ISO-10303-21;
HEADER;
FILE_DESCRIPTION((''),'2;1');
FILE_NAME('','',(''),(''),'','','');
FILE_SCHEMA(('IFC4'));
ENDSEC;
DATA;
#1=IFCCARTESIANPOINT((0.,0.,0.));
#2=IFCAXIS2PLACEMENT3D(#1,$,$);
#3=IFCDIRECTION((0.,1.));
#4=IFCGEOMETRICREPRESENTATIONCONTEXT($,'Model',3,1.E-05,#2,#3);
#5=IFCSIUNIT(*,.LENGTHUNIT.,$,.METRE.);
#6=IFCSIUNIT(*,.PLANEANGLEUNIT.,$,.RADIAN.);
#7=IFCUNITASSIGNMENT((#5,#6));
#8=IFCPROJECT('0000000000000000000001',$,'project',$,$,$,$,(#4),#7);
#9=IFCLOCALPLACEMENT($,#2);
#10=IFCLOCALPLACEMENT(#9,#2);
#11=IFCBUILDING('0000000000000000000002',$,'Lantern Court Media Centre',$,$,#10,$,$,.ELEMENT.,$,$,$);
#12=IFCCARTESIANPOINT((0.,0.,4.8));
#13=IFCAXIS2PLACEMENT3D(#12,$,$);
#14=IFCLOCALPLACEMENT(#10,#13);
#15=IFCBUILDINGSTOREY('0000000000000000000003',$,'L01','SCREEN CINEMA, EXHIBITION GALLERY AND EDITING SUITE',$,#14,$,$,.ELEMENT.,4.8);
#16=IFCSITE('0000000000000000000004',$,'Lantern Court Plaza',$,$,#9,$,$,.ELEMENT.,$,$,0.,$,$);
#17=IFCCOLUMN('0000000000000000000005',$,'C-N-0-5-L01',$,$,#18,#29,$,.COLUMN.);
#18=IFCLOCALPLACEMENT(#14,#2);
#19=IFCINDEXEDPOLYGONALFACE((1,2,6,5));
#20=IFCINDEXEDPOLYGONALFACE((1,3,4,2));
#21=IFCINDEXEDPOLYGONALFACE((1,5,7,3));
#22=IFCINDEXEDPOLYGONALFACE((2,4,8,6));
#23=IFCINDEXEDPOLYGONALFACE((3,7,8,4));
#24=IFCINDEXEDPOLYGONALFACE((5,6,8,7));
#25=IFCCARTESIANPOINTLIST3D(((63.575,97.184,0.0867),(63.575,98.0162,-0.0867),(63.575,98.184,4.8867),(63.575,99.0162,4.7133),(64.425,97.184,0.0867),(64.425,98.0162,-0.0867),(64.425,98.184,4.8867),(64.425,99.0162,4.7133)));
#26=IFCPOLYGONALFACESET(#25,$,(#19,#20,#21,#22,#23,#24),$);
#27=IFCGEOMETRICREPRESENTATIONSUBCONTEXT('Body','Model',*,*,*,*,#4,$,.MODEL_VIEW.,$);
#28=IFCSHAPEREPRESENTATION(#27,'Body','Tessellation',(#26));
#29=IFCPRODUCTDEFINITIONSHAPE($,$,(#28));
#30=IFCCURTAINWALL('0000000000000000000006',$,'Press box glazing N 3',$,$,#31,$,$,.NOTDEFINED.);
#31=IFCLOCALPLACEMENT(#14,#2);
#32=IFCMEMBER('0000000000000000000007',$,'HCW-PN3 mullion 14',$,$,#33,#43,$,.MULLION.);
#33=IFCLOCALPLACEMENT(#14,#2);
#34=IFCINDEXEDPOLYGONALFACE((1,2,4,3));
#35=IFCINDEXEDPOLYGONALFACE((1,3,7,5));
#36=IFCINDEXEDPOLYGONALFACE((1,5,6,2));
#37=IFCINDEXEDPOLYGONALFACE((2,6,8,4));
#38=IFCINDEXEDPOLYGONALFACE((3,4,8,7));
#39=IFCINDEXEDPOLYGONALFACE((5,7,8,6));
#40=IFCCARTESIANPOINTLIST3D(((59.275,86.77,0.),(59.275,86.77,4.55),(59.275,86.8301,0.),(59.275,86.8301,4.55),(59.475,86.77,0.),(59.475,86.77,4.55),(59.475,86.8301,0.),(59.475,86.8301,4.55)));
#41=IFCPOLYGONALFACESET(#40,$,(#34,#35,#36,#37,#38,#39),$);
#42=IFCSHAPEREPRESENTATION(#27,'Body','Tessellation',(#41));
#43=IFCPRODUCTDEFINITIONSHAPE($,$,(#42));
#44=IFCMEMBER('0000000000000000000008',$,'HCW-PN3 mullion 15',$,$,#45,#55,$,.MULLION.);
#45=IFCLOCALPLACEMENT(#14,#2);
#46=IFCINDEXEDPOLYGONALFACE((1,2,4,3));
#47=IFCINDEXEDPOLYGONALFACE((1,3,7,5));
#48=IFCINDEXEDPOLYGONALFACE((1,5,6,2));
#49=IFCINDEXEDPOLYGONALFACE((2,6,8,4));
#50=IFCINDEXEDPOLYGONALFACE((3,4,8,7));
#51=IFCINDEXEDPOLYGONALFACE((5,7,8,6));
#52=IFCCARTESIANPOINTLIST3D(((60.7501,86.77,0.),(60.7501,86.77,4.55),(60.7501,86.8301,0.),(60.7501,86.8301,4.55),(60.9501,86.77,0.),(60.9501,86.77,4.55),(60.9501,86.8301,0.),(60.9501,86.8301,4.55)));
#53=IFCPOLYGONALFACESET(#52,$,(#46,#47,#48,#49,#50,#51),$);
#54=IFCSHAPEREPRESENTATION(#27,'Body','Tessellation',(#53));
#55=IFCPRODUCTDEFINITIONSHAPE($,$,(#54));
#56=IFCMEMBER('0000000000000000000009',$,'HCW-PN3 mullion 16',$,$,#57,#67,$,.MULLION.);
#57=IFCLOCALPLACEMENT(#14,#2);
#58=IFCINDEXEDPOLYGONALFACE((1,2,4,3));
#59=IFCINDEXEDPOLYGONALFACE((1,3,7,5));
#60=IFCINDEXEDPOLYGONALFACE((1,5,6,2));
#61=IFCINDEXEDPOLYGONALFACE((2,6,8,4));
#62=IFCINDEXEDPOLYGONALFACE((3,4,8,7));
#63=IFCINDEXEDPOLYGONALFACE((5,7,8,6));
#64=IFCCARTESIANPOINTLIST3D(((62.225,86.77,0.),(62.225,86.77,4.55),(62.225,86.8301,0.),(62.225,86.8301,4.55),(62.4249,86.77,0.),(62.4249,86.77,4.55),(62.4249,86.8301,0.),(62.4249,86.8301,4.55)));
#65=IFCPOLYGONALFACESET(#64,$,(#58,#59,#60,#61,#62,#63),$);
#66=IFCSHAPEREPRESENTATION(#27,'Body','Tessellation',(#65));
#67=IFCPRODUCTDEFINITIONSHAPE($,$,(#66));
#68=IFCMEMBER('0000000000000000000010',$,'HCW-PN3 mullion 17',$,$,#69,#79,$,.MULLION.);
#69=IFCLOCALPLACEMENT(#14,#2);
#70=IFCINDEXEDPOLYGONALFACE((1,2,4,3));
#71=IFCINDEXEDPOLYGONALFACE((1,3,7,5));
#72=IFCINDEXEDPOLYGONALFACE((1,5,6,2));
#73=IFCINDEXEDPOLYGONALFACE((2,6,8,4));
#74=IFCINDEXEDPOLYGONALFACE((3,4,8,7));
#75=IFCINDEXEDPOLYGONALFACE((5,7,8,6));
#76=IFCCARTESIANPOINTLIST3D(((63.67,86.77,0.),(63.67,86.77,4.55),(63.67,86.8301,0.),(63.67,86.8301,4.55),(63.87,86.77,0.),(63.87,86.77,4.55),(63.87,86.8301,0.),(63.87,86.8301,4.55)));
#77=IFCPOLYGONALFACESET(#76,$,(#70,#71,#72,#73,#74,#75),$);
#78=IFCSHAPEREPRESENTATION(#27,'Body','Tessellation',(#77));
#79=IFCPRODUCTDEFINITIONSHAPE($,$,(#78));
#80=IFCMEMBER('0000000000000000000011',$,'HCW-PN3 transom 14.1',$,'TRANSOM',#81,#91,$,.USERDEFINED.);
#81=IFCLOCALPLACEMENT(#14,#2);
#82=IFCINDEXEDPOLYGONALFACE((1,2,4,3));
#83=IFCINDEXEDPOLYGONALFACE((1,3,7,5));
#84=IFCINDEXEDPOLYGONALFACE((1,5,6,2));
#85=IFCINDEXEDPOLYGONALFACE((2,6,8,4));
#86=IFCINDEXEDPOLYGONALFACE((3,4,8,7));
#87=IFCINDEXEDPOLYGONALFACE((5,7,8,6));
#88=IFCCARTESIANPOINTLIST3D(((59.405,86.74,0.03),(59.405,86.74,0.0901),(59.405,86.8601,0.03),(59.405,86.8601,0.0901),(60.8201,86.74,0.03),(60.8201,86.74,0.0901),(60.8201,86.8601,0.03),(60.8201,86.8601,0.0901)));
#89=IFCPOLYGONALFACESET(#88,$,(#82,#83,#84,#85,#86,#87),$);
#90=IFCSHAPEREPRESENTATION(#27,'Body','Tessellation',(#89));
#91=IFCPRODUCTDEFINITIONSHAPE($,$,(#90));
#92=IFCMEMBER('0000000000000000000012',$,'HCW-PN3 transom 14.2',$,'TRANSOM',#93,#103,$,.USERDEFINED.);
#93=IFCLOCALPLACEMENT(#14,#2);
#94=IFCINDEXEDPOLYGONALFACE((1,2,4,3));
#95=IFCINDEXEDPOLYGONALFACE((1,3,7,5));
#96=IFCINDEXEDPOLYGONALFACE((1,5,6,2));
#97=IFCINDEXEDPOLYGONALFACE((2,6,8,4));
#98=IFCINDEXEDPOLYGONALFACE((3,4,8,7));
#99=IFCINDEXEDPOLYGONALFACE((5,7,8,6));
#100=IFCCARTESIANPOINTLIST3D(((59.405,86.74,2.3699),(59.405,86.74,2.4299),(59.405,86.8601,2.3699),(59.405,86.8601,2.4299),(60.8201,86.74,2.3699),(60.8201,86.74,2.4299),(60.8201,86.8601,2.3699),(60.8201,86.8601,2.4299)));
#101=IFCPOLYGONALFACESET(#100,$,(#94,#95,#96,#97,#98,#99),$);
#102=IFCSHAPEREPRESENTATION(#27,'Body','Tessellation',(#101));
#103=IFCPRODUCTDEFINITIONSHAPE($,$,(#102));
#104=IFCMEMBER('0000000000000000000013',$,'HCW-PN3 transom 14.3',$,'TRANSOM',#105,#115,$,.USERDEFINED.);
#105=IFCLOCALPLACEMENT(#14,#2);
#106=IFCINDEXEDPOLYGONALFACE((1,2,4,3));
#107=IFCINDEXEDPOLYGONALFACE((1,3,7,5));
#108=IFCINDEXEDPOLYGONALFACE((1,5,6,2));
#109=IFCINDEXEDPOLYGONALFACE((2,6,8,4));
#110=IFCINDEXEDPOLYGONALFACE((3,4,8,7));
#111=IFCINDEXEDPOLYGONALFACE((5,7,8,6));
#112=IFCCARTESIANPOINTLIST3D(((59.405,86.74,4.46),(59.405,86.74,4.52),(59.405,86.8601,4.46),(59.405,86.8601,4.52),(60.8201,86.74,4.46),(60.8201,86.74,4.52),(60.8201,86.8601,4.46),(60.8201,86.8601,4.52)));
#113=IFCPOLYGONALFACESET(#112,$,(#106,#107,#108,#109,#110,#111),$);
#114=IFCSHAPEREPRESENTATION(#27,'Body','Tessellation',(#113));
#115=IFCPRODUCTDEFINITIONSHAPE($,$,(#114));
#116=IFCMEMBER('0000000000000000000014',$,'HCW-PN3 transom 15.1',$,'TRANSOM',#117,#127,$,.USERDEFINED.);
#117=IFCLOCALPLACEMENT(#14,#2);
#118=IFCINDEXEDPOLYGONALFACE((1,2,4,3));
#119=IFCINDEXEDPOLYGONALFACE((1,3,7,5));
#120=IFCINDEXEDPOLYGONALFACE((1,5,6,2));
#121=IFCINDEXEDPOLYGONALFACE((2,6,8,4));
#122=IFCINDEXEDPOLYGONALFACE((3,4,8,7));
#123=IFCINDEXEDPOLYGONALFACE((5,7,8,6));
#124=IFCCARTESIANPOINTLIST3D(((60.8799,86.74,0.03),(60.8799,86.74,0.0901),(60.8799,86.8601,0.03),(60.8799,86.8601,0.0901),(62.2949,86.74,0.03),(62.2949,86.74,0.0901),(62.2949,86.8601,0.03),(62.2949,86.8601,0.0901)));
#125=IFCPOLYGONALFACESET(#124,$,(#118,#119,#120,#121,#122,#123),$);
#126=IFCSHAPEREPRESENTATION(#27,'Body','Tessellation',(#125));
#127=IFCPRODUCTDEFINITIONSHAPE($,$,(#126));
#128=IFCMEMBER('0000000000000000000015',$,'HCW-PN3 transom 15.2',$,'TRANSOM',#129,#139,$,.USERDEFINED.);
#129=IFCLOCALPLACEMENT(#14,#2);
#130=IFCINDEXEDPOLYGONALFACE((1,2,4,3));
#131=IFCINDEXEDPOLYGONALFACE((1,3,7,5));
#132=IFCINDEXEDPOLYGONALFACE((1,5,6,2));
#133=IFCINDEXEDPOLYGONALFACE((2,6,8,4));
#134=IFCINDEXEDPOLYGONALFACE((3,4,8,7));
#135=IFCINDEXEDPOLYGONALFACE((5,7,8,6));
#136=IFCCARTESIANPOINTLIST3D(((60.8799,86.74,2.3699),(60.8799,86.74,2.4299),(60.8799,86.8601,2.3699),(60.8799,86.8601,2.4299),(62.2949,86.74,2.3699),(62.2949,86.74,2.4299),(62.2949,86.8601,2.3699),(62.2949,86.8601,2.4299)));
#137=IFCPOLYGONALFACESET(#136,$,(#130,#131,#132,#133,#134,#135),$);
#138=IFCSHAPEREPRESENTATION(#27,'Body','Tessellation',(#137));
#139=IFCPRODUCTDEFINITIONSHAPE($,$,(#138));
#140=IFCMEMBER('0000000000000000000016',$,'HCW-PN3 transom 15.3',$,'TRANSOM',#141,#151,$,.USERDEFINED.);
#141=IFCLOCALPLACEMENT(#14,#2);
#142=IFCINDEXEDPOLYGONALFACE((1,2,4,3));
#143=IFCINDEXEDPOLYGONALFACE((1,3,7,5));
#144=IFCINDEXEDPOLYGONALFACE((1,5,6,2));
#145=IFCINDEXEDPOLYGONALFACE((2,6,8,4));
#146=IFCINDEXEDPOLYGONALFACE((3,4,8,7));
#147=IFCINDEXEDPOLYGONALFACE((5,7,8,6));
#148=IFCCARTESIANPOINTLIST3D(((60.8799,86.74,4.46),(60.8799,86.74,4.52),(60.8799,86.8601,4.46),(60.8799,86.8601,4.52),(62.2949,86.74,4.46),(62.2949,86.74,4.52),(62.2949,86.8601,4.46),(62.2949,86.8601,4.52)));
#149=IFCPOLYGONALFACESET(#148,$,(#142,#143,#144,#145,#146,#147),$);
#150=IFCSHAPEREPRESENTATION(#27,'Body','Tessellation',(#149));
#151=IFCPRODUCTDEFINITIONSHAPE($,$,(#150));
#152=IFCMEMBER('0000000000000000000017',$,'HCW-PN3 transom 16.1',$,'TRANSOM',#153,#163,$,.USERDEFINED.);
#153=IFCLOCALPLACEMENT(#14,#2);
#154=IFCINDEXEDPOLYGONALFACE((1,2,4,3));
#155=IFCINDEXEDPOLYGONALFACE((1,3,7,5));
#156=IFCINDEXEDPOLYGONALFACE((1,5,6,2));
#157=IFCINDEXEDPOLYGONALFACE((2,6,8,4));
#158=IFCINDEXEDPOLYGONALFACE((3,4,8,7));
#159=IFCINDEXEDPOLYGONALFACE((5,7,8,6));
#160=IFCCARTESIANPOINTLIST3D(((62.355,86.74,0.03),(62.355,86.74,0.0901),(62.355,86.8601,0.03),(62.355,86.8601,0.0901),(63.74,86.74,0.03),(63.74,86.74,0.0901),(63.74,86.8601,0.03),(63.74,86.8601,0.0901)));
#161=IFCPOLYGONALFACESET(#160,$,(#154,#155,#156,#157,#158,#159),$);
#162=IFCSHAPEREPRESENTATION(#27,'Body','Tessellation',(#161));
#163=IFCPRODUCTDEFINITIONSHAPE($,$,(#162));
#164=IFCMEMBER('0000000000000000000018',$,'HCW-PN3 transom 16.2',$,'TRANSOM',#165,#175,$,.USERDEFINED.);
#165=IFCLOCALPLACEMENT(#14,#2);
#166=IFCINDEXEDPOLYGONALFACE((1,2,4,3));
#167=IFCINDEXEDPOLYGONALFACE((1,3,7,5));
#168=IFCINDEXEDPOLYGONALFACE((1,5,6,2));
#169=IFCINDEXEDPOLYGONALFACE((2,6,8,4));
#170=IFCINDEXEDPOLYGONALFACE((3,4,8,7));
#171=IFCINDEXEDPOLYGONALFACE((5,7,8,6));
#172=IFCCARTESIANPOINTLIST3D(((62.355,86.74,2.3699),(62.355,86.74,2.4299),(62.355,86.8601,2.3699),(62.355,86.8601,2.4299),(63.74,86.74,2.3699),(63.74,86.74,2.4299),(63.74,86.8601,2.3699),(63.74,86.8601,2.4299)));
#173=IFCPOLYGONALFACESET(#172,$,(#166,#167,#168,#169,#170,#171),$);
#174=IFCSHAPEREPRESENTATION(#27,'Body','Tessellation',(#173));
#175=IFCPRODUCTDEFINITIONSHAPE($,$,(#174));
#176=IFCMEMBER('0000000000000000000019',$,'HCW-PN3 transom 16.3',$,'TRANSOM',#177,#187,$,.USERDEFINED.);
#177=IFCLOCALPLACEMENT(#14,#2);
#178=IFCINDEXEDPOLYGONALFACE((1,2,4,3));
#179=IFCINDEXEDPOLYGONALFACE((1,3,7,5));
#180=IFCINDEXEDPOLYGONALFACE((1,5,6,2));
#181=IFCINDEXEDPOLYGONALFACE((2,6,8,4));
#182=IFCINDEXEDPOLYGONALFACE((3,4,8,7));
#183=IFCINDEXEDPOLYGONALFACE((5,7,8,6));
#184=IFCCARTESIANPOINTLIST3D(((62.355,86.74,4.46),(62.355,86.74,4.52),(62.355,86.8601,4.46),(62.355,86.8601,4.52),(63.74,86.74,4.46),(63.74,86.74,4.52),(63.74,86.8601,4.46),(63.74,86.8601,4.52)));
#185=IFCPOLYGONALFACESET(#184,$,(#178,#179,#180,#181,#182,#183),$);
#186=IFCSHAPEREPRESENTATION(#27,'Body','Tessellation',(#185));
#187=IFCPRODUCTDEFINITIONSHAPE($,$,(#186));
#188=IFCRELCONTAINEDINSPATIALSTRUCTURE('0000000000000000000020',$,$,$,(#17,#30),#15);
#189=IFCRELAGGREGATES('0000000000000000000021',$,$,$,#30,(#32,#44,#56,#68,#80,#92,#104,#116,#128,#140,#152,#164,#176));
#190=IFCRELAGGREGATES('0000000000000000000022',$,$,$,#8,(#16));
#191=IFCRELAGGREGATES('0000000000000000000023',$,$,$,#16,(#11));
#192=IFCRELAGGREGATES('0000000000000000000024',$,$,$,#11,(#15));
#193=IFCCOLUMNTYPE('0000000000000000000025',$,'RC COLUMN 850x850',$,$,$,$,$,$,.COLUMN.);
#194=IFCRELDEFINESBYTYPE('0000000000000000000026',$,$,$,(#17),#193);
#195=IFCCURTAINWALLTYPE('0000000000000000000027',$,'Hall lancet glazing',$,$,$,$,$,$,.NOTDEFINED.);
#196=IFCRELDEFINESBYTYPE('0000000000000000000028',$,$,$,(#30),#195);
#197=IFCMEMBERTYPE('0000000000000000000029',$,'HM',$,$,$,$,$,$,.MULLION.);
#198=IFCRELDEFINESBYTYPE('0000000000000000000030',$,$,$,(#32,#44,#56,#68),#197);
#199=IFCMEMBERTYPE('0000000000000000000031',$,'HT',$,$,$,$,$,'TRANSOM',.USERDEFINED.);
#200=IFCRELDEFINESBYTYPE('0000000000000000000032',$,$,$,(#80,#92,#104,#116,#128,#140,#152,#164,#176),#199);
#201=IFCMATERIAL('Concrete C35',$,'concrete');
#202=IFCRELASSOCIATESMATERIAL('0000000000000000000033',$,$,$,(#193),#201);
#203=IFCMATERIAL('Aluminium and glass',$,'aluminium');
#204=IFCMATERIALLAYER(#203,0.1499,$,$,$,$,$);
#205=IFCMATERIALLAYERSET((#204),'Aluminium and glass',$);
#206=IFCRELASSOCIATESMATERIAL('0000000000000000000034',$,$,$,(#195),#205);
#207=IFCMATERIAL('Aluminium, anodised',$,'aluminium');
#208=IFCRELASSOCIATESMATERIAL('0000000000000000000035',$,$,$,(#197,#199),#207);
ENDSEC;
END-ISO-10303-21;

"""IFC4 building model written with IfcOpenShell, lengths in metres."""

from ifc_helpers import new_model, si_unit, direction, frame, origin, origin_2d, place, context, subcontext, project, spatial, rectangle, extrude, material, layer, layer_set, material_profile, profile_set, type_object, element, aggregate, save


model = new_model("IFC4")

# Units and contexts
model_context = context("Model", 3, precision=1e-05, world=origin(), true_north=direction((0.0, 1.0)))
body_context = subcontext(model_context, "Body", "Model", "MODEL_VIEW")
ifc_project = project(units=[si_unit("LENGTHUNIT", "METRE"), si_unit("PLANEANGLEUNIT", "RADIAN")], contexts=[model_context])

# Site, building, storey
site_placement = place(None, origin())
site = spatial("IfcSite", under=ifc_project, at=site_placement, Name="Lantern Court Plaza", CompositionType="ELEMENT", RefElevation=0.0)
building_placement = place(site_placement, origin())
building = spatial("IfcBuilding", under=site, at=building_placement, Name="Lantern Court Media Centre", CompositionType="ELEMENT")
storey_placement = place(building_placement, frame((0.0, 0.0, 4.8)))
storey = spatial("IfcBuildingStorey", under=building, at=storey_placement, Name="L01", Description="SCREEN CINEMA, EXHIBITION GALLERY AND EDITING SUITE", CompositionType="ELEMENT", Elevation=4.8)

# Column
ifc_material_1 = material(Name="Concrete C35", Category="concrete")
ifc_material_profile_1 = material_profile(ifc_material_1, rectangle(XDim=0.8501, YDim=0.8501, at=origin_2d()), Name="RC 850x850")
ifc_profile_set_1 = profile_set([ifc_material_profile_1], Name="Concrete C35")
column_type = type_object("IfcColumnType", Name="RC COLUMN 850x850", PredefinedType="COLUMN", material=ifc_profile_set_1)
column_placement = place(storey_placement, frame((64.0, 97.6001, 0.0), z_axis=(0.0, 0.203952, 0.978981), x_axis=(-1.0, 0.0, 0.0)))
element("IfcColumn", 1, at=column_placement, inside=storey, type_object=column_type, Name="C-N-0-5-L01", PredefinedType="COLUMN", context=body_context, shape_type="SweptSolid", body=[
    extrude(rectangle(XDim=0.8501, YDim=0.8501, at=origin_2d()), origin(), (0.0, 0.0, 1.0), 4.9031),
])

# Curtain wall, members
ifc_material_2 = material(Name="Aluminium and glass", Category="aluminium")
ifc_layer_1 = layer(ifc_material_2, 0.1499)
ifc_layer_set_1 = layer_set([ifc_layer_1], Name="Aluminium and glass")
curtain_wall_type = type_object("IfcCurtainWallType", Name="Hall lancet glazing", PredefinedType="NOTDEFINED", material=ifc_layer_set_1)
curtain_wall_placement = place(storey_placement, origin())
curtain_wall = element("IfcCurtainWall", 2, at=curtain_wall_placement, inside=storey, type_object=curtain_wall_type, Name="Press box glazing N 3", PredefinedType="NOTDEFINED")
ifc_material_3 = material(Name="Aluminium, anodised", Category="aluminium")
ifc_material_profile_2 = material_profile(ifc_material_3, rectangle(XDim=0.0601, YDim=0.2, at=origin_2d()), Name="HM")
ifc_profile_set_2 = profile_set([ifc_material_profile_2], Name="Aluminium, anodised")
member_type_1 = type_object("IfcMemberType", Name="HM", PredefinedType="MULLION", material=ifc_profile_set_2)
member_1_placement = place(storey_placement, frame((59.375, 86.8, 0.0), z_axis=(0.0, 0.0, 1.0), x_axis=(0.0, 1.0, 0.0)))
member_1 = element("IfcMember", 3, at=member_1_placement, type_object=member_type_1, Name="HCW-PN3 mullion 14", PredefinedType="MULLION", context=body_context, shape_type="SweptSolid", body=[
    extrude(rectangle(XDim=0.0601, YDim=0.2, at=origin_2d()), origin(), (0.0, 0.0, 1.0), 4.55),
])
member_2_placement = place(storey_placement, frame((60.8501, 86.8, 0.0), z_axis=(0.0, 0.0, 1.0), x_axis=(0.0, 1.0, 0.0)))
member_2 = element("IfcMember", 4, at=member_2_placement, type_object=member_type_1, Name="HCW-PN3 mullion 15", PredefinedType="MULLION", context=body_context, shape_type="SweptSolid", body=[
    extrude(rectangle(XDim=0.0601, YDim=0.2, at=origin_2d()), origin(), (0.0, 0.0, 1.0), 4.55),
])
member_3_placement = place(storey_placement, frame((62.325, 86.8, 0.0), z_axis=(0.0, 0.0, 1.0), x_axis=(0.0, 1.0, 0.0)))
member_3 = element("IfcMember", 5, at=member_3_placement, type_object=member_type_1, Name="HCW-PN3 mullion 16", PredefinedType="MULLION", context=body_context, shape_type="SweptSolid", body=[
    extrude(rectangle(XDim=0.0601, YDim=0.2, at=origin_2d()), origin(), (0.0, 0.0, 1.0), 4.55),
])
member_4_placement = place(storey_placement, frame((63.77, 86.8, 0.0), z_axis=(0.0, 0.0, 1.0), x_axis=(0.0, 1.0, 0.0)))
member_4 = element("IfcMember", 6, at=member_4_placement, type_object=member_type_1, Name="HCW-PN3 mullion 17", PredefinedType="MULLION", context=body_context, shape_type="SweptSolid", body=[
    extrude(rectangle(XDim=0.0601, YDim=0.2, at=origin_2d()), origin(), (0.0, 0.0, 1.0), 4.55),
])
ifc_material_profile_3 = material_profile(ifc_material_3, rectangle(XDim=0.1201, YDim=0.0601, at=origin_2d()), Name="HT")
ifc_profile_set_3 = profile_set([ifc_material_profile_3], Name="Aluminium, anodised")
member_type_2 = type_object("IfcMemberType", Name="HT", ElementType="TRANSOM", PredefinedType="USERDEFINED", material=ifc_profile_set_3)
member_5_placement = place(storey_placement, frame((59.405, 86.8, 0.0601), z_axis=(1.0, 0.0, 0.0), x_axis=(0.0, 1.0, 0.0)))
member_5 = element("IfcMember", 7, at=member_5_placement, type_object=member_type_2, Name="HCW-PN3 transom 14.1", ObjectType="TRANSOM", PredefinedType="USERDEFINED", context=body_context, shape_type="SweptSolid", body=[
    extrude(rectangle(XDim=0.1201, YDim=0.0601, at=origin_2d()), origin(), (0.0, 0.0, 1.0), 1.415),
])
member_6_placement = place(storey_placement, frame((59.405, 86.8, 2.3999), z_axis=(1.0, 0.0, 0.0), x_axis=(0.0, 1.0, 0.0)))
member_6 = element("IfcMember", 8, at=member_6_placement, type_object=member_type_2, Name="HCW-PN3 transom 14.2", ObjectType="TRANSOM", PredefinedType="USERDEFINED", context=body_context, shape_type="SweptSolid", body=[
    extrude(rectangle(XDim=0.1201, YDim=0.0601, at=origin_2d()), origin(), (0.0, 0.0, 1.0), 1.415),
])
member_7_placement = place(storey_placement, frame((59.405, 86.8, 4.49), z_axis=(1.0, 0.0, 0.0), x_axis=(0.0, 1.0, 0.0)))
member_7 = element("IfcMember", 9, at=member_7_placement, type_object=member_type_2, Name="HCW-PN3 transom 14.3", ObjectType="TRANSOM", PredefinedType="USERDEFINED", context=body_context, shape_type="SweptSolid", body=[
    extrude(rectangle(XDim=0.1201, YDim=0.0601, at=origin_2d()), origin(), (0.0, 0.0, 1.0), 1.415),
])
member_8_placement = place(storey_placement, frame((60.8799, 86.8, 0.0601), z_axis=(1.0, 0.0, 0.0), x_axis=(0.0, 1.0, 0.0)))
member_8 = element("IfcMember", 10, at=member_8_placement, type_object=member_type_2, Name="HCW-PN3 transom 15.1", ObjectType="TRANSOM", PredefinedType="USERDEFINED", context=body_context, shape_type="SweptSolid", body=[
    extrude(rectangle(XDim=0.1201, YDim=0.0601, at=origin_2d()), origin(), (0.0, 0.0, 1.0), 1.415),
])
member_9_placement = place(storey_placement, frame((60.8799, 86.8, 2.3999), z_axis=(1.0, 0.0, 0.0), x_axis=(0.0, 1.0, 0.0)))
member_9 = element("IfcMember", 11, at=member_9_placement, type_object=member_type_2, Name="HCW-PN3 transom 15.2", ObjectType="TRANSOM", PredefinedType="USERDEFINED", context=body_context, shape_type="SweptSolid", body=[
    extrude(rectangle(XDim=0.1201, YDim=0.0601, at=origin_2d()), origin(), (0.0, 0.0, 1.0), 1.415),
])
member_10_placement = place(storey_placement, frame((60.8799, 86.8, 4.49), z_axis=(1.0, 0.0, 0.0), x_axis=(0.0, 1.0, 0.0)))
member_10 = element("IfcMember", 12, at=member_10_placement, type_object=member_type_2, Name="HCW-PN3 transom 15.3", ObjectType="TRANSOM", PredefinedType="USERDEFINED", context=body_context, shape_type="SweptSolid", body=[
    extrude(rectangle(XDim=0.1201, YDim=0.0601, at=origin_2d()), origin(), (0.0, 0.0, 1.0), 1.415),
])
member_11_placement = place(storey_placement, frame((62.355, 86.8, 0.0601), z_axis=(1.0, 0.0, 0.0), x_axis=(0.0, 1.0, 0.0)))
member_11 = element("IfcMember", 13, at=member_11_placement, type_object=member_type_2, Name="HCW-PN3 transom 16.1", ObjectType="TRANSOM", PredefinedType="USERDEFINED", context=body_context, shape_type="SweptSolid", body=[
    extrude(rectangle(XDim=0.1201, YDim=0.0601, at=origin_2d()), origin(), (0.0, 0.0, 1.0), 1.385),
])
member_12_placement = place(storey_placement, frame((62.355, 86.8, 2.3999), z_axis=(1.0, 0.0, 0.0), x_axis=(0.0, 1.0, 0.0)))
member_12 = element("IfcMember", 14, at=member_12_placement, type_object=member_type_2, Name="HCW-PN3 transom 16.2", ObjectType="TRANSOM", PredefinedType="USERDEFINED", context=body_context, shape_type="SweptSolid", body=[
    extrude(rectangle(XDim=0.1201, YDim=0.0601, at=origin_2d()), origin(), (0.0, 0.0, 1.0), 1.385),
])
member_13_placement = place(storey_placement, frame((62.355, 86.8, 4.49), z_axis=(1.0, 0.0, 0.0), x_axis=(0.0, 1.0, 0.0)))
member_13 = element("IfcMember", 15, at=member_13_placement, type_object=member_type_2, Name="HCW-PN3 transom 16.3", ObjectType="TRANSOM", PredefinedType="USERDEFINED", context=body_context, shape_type="SweptSolid", body=[
    extrude(rectangle(XDim=0.1201, YDim=0.0601, at=origin_2d()), origin(), (0.0, 0.0, 1.0), 1.385),
])

aggregate(curtain_wall, [member_1, member_2, member_3, member_4, member_5, member_6, member_7, member_8, member_9, member_10, member_11, member_12, member_13])

save(model, "model.ifc")
